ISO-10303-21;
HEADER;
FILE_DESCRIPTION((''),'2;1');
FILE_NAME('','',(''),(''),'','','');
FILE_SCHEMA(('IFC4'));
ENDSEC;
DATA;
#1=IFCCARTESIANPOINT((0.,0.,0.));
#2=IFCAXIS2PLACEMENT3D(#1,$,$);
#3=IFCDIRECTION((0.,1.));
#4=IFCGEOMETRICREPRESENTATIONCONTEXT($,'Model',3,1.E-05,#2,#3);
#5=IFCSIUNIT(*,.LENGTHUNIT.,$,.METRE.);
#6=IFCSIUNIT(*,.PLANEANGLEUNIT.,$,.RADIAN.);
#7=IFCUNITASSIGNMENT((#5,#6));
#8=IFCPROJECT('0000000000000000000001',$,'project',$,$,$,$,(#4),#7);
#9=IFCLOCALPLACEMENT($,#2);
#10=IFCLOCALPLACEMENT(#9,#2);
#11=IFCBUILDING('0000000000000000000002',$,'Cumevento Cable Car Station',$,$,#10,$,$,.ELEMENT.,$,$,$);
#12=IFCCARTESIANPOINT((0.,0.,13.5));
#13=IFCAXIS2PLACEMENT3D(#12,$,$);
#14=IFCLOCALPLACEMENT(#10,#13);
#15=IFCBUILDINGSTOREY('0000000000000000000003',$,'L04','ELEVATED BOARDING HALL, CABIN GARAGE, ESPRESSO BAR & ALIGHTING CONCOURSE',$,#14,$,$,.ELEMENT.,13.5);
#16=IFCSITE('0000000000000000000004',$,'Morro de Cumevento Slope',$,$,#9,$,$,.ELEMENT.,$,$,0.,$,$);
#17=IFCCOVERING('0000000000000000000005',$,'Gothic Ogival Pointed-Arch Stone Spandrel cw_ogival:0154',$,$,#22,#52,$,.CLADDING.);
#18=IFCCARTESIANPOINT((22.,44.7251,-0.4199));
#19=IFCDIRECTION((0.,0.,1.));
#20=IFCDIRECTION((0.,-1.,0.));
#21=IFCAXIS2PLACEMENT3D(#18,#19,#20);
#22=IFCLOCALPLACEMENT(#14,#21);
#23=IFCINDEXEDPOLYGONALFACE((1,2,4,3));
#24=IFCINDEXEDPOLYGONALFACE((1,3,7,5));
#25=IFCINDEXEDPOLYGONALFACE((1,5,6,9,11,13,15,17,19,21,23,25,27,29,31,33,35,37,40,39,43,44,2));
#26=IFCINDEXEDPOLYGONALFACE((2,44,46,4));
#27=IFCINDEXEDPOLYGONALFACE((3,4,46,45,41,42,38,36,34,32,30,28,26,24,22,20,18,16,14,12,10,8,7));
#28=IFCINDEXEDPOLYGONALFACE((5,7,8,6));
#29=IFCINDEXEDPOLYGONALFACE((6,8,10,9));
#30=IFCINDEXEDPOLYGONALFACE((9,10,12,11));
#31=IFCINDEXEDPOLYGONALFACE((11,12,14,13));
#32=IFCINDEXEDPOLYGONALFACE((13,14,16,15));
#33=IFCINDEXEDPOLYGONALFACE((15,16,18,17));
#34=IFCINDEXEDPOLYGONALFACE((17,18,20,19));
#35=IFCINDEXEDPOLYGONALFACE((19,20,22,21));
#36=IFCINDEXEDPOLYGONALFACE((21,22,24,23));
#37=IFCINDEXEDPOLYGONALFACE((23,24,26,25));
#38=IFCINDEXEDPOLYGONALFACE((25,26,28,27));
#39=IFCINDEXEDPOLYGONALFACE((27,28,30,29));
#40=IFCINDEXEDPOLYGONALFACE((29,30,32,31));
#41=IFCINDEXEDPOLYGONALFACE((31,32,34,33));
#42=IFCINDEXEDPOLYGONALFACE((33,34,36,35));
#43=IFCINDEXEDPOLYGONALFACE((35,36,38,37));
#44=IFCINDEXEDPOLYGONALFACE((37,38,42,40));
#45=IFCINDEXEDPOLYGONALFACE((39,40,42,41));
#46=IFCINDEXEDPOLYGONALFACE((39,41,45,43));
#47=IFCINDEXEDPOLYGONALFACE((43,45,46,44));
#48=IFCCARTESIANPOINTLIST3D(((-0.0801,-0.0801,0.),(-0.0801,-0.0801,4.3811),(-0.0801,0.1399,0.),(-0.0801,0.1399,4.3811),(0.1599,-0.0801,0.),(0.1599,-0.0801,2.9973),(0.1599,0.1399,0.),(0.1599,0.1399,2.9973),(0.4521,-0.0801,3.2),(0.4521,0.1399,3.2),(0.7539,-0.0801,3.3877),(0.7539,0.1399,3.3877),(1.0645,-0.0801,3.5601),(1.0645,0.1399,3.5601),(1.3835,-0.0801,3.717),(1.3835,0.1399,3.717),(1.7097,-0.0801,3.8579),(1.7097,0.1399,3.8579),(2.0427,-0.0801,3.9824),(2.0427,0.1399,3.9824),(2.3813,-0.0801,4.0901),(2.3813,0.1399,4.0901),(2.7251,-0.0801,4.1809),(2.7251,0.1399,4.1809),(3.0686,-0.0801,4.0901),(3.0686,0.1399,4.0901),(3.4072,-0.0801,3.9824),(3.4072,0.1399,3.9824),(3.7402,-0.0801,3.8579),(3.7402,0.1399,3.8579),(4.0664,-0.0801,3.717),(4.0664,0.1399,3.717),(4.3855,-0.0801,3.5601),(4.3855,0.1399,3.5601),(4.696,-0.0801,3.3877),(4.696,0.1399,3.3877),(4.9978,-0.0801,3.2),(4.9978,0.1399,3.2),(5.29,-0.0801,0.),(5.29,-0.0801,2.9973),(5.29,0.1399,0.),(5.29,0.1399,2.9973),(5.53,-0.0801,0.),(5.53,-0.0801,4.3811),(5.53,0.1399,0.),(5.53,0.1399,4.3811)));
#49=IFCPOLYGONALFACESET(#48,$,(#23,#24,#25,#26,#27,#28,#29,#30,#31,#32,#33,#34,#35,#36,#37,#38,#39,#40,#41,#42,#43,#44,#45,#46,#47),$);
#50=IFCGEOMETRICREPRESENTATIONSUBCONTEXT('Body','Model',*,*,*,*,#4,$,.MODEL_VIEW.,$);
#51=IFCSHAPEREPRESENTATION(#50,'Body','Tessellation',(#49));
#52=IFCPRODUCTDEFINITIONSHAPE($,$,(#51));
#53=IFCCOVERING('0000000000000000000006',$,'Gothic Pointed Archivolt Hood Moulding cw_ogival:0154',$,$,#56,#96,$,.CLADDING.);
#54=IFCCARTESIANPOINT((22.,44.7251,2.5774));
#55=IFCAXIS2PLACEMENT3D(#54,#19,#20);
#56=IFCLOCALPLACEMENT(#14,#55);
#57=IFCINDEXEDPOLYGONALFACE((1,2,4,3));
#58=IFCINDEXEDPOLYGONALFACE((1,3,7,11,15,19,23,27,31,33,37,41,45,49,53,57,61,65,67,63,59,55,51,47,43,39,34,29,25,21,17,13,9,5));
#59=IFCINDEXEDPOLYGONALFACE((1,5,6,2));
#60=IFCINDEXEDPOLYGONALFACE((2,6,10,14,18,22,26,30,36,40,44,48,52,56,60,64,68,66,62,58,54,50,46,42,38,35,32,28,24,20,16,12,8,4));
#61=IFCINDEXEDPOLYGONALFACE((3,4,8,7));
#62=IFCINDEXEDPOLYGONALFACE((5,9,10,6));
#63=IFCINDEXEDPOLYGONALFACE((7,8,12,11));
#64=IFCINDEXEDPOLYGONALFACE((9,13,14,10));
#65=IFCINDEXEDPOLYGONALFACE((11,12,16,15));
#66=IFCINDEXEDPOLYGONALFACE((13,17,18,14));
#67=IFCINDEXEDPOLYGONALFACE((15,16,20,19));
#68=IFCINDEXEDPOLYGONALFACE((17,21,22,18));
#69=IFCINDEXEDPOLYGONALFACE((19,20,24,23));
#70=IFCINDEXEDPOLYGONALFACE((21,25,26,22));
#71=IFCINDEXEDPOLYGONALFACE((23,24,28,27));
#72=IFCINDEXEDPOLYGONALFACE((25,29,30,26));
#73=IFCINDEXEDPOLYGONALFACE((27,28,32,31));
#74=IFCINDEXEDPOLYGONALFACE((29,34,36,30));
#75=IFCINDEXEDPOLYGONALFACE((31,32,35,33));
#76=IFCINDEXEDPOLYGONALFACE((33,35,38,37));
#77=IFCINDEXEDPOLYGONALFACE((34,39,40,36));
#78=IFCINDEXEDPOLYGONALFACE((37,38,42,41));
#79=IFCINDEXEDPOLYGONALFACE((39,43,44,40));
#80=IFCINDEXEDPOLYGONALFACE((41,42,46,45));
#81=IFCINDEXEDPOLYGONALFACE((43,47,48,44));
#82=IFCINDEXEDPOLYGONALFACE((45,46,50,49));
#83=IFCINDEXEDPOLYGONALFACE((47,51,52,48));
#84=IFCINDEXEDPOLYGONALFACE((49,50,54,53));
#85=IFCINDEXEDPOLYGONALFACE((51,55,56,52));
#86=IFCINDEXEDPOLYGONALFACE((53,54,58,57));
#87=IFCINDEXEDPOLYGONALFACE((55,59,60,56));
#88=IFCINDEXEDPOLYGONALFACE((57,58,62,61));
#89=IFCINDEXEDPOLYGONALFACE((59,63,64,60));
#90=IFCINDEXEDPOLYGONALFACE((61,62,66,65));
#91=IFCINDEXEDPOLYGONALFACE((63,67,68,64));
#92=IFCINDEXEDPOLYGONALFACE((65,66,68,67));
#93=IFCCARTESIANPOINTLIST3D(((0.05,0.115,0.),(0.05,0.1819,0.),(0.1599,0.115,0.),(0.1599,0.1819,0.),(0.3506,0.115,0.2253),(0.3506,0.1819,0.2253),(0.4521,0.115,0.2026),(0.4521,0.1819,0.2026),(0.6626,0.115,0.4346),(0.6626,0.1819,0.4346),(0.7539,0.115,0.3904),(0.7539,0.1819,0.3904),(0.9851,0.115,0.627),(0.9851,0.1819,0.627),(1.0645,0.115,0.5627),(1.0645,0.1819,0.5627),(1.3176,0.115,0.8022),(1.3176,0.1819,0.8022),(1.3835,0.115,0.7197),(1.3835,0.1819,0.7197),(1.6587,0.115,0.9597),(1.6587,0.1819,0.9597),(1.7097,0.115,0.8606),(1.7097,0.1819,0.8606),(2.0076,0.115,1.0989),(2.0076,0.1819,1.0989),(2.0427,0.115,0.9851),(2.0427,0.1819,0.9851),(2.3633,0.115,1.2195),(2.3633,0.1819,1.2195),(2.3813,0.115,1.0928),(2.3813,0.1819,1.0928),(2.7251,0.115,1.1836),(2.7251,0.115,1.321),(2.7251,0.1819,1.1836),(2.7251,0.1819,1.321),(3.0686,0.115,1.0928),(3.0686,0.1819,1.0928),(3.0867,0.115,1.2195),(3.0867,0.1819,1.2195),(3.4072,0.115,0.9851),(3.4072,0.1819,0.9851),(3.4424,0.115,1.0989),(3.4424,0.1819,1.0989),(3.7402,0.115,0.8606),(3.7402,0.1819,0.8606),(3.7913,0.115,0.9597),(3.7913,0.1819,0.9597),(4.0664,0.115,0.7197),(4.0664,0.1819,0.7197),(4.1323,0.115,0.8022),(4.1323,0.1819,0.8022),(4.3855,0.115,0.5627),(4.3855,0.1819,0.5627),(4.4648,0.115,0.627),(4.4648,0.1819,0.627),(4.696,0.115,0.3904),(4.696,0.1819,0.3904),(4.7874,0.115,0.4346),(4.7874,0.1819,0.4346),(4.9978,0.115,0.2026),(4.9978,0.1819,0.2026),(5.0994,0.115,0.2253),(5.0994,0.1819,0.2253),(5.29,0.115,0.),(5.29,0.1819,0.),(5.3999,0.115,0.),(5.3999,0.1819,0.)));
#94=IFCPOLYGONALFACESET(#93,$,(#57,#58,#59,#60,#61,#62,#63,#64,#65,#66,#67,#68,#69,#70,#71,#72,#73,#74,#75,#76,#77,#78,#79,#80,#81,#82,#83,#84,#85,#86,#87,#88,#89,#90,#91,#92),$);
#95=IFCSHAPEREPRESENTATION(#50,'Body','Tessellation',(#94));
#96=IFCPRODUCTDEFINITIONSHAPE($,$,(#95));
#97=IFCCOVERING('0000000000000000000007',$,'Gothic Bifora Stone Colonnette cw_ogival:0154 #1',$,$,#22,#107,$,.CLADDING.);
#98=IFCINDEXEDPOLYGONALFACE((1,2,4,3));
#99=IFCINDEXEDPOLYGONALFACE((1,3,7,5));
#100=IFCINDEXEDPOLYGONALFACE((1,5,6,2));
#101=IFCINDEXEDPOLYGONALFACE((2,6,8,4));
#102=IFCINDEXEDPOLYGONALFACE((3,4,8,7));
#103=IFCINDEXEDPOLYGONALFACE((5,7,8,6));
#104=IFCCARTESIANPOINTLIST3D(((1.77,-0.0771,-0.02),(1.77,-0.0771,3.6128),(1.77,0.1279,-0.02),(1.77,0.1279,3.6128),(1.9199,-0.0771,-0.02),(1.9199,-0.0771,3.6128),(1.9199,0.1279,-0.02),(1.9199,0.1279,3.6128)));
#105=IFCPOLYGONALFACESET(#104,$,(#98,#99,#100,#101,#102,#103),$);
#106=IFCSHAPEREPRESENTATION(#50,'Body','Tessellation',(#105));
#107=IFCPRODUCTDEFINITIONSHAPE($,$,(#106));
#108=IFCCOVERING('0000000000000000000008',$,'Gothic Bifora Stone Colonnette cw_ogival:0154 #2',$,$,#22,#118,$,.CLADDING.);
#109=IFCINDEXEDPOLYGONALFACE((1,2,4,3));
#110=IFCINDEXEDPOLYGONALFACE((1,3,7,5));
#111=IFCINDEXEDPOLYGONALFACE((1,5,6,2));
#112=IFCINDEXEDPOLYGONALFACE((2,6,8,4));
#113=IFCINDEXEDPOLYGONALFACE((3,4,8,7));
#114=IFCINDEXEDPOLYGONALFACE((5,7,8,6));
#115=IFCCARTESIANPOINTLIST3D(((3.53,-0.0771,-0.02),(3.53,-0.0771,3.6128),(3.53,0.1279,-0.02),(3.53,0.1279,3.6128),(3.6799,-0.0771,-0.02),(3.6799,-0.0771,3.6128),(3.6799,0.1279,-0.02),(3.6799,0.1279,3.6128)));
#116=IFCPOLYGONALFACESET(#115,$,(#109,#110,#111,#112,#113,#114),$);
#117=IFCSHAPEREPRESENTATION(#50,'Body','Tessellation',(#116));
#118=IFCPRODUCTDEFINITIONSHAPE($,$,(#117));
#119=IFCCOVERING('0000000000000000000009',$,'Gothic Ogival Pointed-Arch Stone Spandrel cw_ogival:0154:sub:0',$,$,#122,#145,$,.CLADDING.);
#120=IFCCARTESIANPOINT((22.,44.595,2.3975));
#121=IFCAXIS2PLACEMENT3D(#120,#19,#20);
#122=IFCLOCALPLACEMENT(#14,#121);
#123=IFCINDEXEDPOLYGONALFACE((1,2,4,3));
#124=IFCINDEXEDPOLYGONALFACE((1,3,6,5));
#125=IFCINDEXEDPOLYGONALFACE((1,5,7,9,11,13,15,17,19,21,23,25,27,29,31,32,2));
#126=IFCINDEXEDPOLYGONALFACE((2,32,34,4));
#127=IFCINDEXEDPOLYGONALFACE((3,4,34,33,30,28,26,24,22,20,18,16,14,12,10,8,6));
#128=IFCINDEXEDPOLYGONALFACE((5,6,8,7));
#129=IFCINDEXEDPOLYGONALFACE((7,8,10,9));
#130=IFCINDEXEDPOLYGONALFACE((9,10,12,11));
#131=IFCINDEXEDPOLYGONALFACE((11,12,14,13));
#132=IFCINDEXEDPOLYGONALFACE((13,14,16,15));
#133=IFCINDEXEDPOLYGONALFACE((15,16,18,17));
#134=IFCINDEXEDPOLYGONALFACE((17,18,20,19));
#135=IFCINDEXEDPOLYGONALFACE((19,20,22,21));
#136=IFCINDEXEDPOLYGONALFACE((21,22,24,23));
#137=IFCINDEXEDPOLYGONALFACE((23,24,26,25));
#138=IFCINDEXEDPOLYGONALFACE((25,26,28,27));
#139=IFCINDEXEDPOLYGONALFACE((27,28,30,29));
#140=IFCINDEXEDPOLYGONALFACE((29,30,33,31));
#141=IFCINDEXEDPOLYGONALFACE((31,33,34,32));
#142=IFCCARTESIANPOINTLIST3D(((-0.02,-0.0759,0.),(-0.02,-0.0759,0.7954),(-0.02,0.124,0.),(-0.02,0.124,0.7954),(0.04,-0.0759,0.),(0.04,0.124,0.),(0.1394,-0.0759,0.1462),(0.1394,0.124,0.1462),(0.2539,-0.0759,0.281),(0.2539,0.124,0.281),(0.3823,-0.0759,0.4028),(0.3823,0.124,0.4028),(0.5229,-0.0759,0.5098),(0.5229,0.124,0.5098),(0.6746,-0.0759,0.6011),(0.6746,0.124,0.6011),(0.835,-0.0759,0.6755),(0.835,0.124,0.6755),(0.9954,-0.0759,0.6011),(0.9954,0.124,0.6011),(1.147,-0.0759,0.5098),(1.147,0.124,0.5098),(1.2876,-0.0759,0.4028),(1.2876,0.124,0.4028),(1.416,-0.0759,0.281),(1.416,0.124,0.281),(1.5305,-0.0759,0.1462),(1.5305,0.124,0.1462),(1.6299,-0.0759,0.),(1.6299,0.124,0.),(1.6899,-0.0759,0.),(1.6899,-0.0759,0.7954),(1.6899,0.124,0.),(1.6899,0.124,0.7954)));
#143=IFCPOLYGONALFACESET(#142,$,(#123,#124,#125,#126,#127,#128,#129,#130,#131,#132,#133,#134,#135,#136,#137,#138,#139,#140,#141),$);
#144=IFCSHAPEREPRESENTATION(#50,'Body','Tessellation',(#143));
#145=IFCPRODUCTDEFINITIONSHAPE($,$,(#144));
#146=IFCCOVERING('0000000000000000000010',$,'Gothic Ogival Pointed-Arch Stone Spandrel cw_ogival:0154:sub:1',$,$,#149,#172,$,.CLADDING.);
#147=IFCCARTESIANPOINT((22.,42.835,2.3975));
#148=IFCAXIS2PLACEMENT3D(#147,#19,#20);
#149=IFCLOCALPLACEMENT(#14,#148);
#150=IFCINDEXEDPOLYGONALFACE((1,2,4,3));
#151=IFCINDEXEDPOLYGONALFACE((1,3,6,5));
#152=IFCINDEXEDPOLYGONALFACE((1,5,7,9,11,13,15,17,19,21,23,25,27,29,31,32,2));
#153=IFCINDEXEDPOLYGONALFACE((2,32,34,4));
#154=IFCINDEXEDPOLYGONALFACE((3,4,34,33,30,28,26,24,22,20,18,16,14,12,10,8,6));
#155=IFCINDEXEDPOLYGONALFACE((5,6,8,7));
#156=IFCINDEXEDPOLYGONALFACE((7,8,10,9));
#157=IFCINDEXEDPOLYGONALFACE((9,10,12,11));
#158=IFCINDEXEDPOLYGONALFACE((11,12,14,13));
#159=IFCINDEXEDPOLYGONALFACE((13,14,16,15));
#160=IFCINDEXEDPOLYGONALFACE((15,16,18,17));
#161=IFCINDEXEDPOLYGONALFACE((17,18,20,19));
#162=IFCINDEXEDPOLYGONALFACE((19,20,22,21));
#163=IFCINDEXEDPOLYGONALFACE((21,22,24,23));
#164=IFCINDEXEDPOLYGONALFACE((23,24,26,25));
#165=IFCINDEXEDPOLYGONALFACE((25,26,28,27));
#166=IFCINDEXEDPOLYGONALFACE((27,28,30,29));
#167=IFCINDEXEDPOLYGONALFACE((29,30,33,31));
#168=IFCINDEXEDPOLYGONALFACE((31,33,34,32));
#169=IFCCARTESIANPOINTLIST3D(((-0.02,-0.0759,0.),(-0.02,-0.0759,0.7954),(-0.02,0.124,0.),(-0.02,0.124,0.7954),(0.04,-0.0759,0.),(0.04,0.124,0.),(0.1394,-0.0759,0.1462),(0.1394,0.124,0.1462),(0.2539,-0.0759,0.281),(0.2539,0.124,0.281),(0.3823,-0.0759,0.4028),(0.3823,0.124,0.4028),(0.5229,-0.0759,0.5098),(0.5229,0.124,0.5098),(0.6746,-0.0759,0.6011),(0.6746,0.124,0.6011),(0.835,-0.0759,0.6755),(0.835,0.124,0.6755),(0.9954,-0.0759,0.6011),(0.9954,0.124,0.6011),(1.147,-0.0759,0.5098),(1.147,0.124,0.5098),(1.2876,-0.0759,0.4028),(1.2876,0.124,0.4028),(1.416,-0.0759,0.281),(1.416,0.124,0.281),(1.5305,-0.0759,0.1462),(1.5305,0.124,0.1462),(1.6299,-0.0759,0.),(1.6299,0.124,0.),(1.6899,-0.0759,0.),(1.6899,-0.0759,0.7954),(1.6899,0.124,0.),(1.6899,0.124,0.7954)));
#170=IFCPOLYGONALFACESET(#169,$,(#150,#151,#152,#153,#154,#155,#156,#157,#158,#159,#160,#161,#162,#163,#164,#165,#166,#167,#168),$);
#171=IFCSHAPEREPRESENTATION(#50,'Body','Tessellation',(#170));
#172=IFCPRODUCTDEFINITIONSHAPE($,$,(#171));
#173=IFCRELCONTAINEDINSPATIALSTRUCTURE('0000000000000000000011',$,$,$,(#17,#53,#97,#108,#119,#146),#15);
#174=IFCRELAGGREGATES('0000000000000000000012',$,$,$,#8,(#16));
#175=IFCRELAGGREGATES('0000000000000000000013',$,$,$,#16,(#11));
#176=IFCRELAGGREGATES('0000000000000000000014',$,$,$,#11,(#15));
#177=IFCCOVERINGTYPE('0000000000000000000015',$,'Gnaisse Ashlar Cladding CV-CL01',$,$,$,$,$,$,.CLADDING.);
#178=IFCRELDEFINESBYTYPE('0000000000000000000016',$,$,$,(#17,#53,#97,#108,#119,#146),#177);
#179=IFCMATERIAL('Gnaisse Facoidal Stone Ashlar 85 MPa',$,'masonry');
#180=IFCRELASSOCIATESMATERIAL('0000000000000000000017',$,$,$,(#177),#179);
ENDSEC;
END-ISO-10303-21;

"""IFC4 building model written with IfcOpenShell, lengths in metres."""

from ifc_helpers import new_model, si_unit, direction, frame, origin, place, context, subcontext, project, spatial, polyline, outline, extrude, material, type_object, element, save


model = new_model("IFC4")

# Units and contexts
model_context = context("Model", 3, precision=1e-05, world=origin(), true_north=direction((0.0, 1.0)))
body_context = subcontext(model_context, "Body", "Model", "MODEL_VIEW")
ifc_project = project(units=[si_unit("LENGTHUNIT", "METRE"), si_unit("PLANEANGLEUNIT", "RADIAN")], contexts=[model_context])

# Site, building, storey
site_placement = place(None, origin())
site = spatial("IfcSite", under=ifc_project, at=site_placement, Name="Morro de Cumevento Slope", CompositionType="ELEMENT", RefElevation=0.0)
building_placement = place(site_placement, origin())
building = spatial("IfcBuilding", under=site, at=building_placement, Name="Cumevento Cable Car Station", CompositionType="ELEMENT")
storey_placement = place(building_placement, frame((0.0, 0.0, 13.5)))
storey = spatial("IfcBuildingStorey", under=building, at=storey_placement, Name="L04", Description="ELEVATED BOARDING HALL, CABIN GARAGE, ESPRESSO BAR & ALIGHTING CONCOURSE", CompositionType="ELEMENT", Elevation=13.5)

# Coverings
ifc_material_1 = material(Name="Gnaisse Facoidal Stone Ashlar 85 MPa", Category="masonry")
covering_type = type_object("IfcCoveringType", Name="Gnaisse Ashlar Cladding CV-CL01", PredefinedType="CLADDING", material=ifc_material_1)
placement = place(storey_placement, frame((22.0, 44.7251, -0.4199), z_axis=(0.0, 0.0, 1.0), x_axis=(0.0, -1.0, 0.0)))
element("IfcCovering", 1, at=placement, inside=storey, type_object=covering_type, Name="Gothic Ogival Pointed-Arch Stone Spandrel cw_ogival:0154", PredefinedType="CLADDING", context=body_context, shape_type="SweptSolid", body=[
    extrude(outline(polyline([(-0.0801, 0.0), (-0.0801, 4.3811), (5.53, 4.3811), (5.53, 0.0), (5.29, 0.0), (5.29, 2.9973), (4.9978, 3.2), (4.696, 3.3877), (4.3855, 3.5601), (4.0664, 3.717), (3.7402, 3.8579), (3.4072, 3.9824), (3.0686, 4.0901), (2.7251, 4.1809), (2.3813, 4.0901), (2.0427, 3.9824), (1.7097, 3.8579), (1.3835, 3.717), (1.0645, 3.5601), (0.7539, 3.3877), (0.4521, 3.2), (0.1599, 2.9973), (0.1599, 0.0), (-0.0801, 0.0)])), frame((0.0, 0.1399, 0.0), z_axis=(0.0, -1.0, 0.0), x_axis=(1.0, 0.0, 0.0)), (0.0, 0.0, 1.0), 0.22),
])
covering_1_placement = place(storey_placement, frame((22.0, 44.7251, 2.5774), z_axis=(0.0, 0.0, 1.0), x_axis=(0.0, -1.0, 0.0)))
element("IfcCovering", 2, at=covering_1_placement, inside=storey, type_object=covering_type, Name="Gothic Pointed Archivolt Hood Moulding cw_ogival:0154", PredefinedType="CLADDING", context=body_context, shape_type="SweptSolid", body=[
    extrude(outline(polyline([(0.1599, 0.0), (0.4521, 0.2026), (0.7539, 0.3904), (1.0645, 0.5627), (1.3835, 0.7197), (1.7097, 0.8606), (2.0427, 0.9851), (2.3813, 1.0928), (2.7251, 1.1836), (3.0686, 1.0928), (3.4072, 0.9851), (3.7402, 0.8606), (4.0664, 0.7197), (4.3855, 0.5627), (4.696, 0.3904), (4.9978, 0.2026), (5.29, 0.0), (5.3999, 0.0), (5.0994, 0.2253), (4.7874, 0.4346), (4.4648, 0.627), (4.1323, 0.8022), (3.7913, 0.9597), (3.4424, 1.0989), (3.0867, 1.2195), (2.7251, 1.321), (2.3633, 1.2195), (2.0076, 1.0989), (1.6587, 0.9597), (1.3176, 0.8022), (0.9851, 0.627), (0.6626, 0.4346), (0.3506, 0.2253), (0.05, 0.0), (0.1599, 0.0)])), frame((0.0, 0.1819, 0.0), z_axis=(0.0, -1.0, 0.0), x_axis=(1.0, 0.0, 0.0)), (0.0, 0.0, 1.0), 0.0669),
])
element("IfcCovering", 3, at=placement, inside=storey, type_object=covering_type, Name="Gothic Bifora Stone Colonnette cw_ogival:0154 #1", PredefinedType="CLADDING", context=body_context, shape_type="SweptSolid", body=[
    extrude(outline(polyline([(1.77, -0.02), (1.9199, -0.02), (1.9199, 3.6128), (1.77, 3.6128), (1.77, -0.02)])), frame((0.0, 0.1279, 0.0), z_axis=(0.0, -1.0, 0.0), x_axis=(1.0, 0.0, 0.0)), (0.0, 0.0, 1.0), 0.2051),
])
element("IfcCovering", 4, at=placement, inside=storey, type_object=covering_type, Name="Gothic Bifora Stone Colonnette cw_ogival:0154 #2", PredefinedType="CLADDING", context=body_context, shape_type="SweptSolid", body=[
    extrude(outline(polyline([(3.53, -0.02), (3.6799, -0.02), (3.6799, 3.6128), (3.53, 3.6128), (3.53, -0.02)])), frame((0.0, 0.1279, 0.0), z_axis=(0.0, -1.0, 0.0), x_axis=(1.0, 0.0, 0.0)), (0.0, 0.0, 1.0), 0.2051),
])
for number, where, z_axis, x_axis, name in (
    (5, (22.0, 44.595, 2.3975), (0.0, 0.0, 1.0), (0.0, -1.0, 0.0), "Gothic Ogival Pointed-Arch Stone Spandrel cw_ogival:0154:sub:0"),
    (6, (22.0, 42.835, 2.3975), (0.0, 0.0, 1.0), (0.0, -1.0, 0.0), "Gothic Ogival Pointed-Arch Stone Spandrel cw_ogival:0154:sub:1"),
):
    element("IfcCovering", number, at=place(storey_placement, frame(where, z_axis=z_axis, x_axis=x_axis)), inside=storey, type_object=covering_type, Name=name, PredefinedType="CLADDING", context=body_context, shape_type="SweptSolid", body=[
        extrude(outline(polyline([(-0.02, 0.0), (-0.02, 0.7954), (1.6899, 0.7954), (1.6899, 0.0), (1.6299, 0.0), (1.5305, 0.1462), (1.416, 0.281), (1.2876, 0.4028), (1.147, 0.5098), (0.9954, 0.6011), (0.835, 0.6755), (0.6746, 0.6011), (0.5229, 0.5098), (0.3823, 0.4028), (0.2539, 0.281), (0.1394, 0.1462), (0.04, 0.0), (-0.02, 0.0)])), frame((0.0, 0.124, 0.0), z_axis=(0.0, -1.0, 0.0), x_axis=(1.0, 0.0, 0.0)), (0.0, 0.0, 1.0), 0.2),
    ])

save(model, "model.ifc")
